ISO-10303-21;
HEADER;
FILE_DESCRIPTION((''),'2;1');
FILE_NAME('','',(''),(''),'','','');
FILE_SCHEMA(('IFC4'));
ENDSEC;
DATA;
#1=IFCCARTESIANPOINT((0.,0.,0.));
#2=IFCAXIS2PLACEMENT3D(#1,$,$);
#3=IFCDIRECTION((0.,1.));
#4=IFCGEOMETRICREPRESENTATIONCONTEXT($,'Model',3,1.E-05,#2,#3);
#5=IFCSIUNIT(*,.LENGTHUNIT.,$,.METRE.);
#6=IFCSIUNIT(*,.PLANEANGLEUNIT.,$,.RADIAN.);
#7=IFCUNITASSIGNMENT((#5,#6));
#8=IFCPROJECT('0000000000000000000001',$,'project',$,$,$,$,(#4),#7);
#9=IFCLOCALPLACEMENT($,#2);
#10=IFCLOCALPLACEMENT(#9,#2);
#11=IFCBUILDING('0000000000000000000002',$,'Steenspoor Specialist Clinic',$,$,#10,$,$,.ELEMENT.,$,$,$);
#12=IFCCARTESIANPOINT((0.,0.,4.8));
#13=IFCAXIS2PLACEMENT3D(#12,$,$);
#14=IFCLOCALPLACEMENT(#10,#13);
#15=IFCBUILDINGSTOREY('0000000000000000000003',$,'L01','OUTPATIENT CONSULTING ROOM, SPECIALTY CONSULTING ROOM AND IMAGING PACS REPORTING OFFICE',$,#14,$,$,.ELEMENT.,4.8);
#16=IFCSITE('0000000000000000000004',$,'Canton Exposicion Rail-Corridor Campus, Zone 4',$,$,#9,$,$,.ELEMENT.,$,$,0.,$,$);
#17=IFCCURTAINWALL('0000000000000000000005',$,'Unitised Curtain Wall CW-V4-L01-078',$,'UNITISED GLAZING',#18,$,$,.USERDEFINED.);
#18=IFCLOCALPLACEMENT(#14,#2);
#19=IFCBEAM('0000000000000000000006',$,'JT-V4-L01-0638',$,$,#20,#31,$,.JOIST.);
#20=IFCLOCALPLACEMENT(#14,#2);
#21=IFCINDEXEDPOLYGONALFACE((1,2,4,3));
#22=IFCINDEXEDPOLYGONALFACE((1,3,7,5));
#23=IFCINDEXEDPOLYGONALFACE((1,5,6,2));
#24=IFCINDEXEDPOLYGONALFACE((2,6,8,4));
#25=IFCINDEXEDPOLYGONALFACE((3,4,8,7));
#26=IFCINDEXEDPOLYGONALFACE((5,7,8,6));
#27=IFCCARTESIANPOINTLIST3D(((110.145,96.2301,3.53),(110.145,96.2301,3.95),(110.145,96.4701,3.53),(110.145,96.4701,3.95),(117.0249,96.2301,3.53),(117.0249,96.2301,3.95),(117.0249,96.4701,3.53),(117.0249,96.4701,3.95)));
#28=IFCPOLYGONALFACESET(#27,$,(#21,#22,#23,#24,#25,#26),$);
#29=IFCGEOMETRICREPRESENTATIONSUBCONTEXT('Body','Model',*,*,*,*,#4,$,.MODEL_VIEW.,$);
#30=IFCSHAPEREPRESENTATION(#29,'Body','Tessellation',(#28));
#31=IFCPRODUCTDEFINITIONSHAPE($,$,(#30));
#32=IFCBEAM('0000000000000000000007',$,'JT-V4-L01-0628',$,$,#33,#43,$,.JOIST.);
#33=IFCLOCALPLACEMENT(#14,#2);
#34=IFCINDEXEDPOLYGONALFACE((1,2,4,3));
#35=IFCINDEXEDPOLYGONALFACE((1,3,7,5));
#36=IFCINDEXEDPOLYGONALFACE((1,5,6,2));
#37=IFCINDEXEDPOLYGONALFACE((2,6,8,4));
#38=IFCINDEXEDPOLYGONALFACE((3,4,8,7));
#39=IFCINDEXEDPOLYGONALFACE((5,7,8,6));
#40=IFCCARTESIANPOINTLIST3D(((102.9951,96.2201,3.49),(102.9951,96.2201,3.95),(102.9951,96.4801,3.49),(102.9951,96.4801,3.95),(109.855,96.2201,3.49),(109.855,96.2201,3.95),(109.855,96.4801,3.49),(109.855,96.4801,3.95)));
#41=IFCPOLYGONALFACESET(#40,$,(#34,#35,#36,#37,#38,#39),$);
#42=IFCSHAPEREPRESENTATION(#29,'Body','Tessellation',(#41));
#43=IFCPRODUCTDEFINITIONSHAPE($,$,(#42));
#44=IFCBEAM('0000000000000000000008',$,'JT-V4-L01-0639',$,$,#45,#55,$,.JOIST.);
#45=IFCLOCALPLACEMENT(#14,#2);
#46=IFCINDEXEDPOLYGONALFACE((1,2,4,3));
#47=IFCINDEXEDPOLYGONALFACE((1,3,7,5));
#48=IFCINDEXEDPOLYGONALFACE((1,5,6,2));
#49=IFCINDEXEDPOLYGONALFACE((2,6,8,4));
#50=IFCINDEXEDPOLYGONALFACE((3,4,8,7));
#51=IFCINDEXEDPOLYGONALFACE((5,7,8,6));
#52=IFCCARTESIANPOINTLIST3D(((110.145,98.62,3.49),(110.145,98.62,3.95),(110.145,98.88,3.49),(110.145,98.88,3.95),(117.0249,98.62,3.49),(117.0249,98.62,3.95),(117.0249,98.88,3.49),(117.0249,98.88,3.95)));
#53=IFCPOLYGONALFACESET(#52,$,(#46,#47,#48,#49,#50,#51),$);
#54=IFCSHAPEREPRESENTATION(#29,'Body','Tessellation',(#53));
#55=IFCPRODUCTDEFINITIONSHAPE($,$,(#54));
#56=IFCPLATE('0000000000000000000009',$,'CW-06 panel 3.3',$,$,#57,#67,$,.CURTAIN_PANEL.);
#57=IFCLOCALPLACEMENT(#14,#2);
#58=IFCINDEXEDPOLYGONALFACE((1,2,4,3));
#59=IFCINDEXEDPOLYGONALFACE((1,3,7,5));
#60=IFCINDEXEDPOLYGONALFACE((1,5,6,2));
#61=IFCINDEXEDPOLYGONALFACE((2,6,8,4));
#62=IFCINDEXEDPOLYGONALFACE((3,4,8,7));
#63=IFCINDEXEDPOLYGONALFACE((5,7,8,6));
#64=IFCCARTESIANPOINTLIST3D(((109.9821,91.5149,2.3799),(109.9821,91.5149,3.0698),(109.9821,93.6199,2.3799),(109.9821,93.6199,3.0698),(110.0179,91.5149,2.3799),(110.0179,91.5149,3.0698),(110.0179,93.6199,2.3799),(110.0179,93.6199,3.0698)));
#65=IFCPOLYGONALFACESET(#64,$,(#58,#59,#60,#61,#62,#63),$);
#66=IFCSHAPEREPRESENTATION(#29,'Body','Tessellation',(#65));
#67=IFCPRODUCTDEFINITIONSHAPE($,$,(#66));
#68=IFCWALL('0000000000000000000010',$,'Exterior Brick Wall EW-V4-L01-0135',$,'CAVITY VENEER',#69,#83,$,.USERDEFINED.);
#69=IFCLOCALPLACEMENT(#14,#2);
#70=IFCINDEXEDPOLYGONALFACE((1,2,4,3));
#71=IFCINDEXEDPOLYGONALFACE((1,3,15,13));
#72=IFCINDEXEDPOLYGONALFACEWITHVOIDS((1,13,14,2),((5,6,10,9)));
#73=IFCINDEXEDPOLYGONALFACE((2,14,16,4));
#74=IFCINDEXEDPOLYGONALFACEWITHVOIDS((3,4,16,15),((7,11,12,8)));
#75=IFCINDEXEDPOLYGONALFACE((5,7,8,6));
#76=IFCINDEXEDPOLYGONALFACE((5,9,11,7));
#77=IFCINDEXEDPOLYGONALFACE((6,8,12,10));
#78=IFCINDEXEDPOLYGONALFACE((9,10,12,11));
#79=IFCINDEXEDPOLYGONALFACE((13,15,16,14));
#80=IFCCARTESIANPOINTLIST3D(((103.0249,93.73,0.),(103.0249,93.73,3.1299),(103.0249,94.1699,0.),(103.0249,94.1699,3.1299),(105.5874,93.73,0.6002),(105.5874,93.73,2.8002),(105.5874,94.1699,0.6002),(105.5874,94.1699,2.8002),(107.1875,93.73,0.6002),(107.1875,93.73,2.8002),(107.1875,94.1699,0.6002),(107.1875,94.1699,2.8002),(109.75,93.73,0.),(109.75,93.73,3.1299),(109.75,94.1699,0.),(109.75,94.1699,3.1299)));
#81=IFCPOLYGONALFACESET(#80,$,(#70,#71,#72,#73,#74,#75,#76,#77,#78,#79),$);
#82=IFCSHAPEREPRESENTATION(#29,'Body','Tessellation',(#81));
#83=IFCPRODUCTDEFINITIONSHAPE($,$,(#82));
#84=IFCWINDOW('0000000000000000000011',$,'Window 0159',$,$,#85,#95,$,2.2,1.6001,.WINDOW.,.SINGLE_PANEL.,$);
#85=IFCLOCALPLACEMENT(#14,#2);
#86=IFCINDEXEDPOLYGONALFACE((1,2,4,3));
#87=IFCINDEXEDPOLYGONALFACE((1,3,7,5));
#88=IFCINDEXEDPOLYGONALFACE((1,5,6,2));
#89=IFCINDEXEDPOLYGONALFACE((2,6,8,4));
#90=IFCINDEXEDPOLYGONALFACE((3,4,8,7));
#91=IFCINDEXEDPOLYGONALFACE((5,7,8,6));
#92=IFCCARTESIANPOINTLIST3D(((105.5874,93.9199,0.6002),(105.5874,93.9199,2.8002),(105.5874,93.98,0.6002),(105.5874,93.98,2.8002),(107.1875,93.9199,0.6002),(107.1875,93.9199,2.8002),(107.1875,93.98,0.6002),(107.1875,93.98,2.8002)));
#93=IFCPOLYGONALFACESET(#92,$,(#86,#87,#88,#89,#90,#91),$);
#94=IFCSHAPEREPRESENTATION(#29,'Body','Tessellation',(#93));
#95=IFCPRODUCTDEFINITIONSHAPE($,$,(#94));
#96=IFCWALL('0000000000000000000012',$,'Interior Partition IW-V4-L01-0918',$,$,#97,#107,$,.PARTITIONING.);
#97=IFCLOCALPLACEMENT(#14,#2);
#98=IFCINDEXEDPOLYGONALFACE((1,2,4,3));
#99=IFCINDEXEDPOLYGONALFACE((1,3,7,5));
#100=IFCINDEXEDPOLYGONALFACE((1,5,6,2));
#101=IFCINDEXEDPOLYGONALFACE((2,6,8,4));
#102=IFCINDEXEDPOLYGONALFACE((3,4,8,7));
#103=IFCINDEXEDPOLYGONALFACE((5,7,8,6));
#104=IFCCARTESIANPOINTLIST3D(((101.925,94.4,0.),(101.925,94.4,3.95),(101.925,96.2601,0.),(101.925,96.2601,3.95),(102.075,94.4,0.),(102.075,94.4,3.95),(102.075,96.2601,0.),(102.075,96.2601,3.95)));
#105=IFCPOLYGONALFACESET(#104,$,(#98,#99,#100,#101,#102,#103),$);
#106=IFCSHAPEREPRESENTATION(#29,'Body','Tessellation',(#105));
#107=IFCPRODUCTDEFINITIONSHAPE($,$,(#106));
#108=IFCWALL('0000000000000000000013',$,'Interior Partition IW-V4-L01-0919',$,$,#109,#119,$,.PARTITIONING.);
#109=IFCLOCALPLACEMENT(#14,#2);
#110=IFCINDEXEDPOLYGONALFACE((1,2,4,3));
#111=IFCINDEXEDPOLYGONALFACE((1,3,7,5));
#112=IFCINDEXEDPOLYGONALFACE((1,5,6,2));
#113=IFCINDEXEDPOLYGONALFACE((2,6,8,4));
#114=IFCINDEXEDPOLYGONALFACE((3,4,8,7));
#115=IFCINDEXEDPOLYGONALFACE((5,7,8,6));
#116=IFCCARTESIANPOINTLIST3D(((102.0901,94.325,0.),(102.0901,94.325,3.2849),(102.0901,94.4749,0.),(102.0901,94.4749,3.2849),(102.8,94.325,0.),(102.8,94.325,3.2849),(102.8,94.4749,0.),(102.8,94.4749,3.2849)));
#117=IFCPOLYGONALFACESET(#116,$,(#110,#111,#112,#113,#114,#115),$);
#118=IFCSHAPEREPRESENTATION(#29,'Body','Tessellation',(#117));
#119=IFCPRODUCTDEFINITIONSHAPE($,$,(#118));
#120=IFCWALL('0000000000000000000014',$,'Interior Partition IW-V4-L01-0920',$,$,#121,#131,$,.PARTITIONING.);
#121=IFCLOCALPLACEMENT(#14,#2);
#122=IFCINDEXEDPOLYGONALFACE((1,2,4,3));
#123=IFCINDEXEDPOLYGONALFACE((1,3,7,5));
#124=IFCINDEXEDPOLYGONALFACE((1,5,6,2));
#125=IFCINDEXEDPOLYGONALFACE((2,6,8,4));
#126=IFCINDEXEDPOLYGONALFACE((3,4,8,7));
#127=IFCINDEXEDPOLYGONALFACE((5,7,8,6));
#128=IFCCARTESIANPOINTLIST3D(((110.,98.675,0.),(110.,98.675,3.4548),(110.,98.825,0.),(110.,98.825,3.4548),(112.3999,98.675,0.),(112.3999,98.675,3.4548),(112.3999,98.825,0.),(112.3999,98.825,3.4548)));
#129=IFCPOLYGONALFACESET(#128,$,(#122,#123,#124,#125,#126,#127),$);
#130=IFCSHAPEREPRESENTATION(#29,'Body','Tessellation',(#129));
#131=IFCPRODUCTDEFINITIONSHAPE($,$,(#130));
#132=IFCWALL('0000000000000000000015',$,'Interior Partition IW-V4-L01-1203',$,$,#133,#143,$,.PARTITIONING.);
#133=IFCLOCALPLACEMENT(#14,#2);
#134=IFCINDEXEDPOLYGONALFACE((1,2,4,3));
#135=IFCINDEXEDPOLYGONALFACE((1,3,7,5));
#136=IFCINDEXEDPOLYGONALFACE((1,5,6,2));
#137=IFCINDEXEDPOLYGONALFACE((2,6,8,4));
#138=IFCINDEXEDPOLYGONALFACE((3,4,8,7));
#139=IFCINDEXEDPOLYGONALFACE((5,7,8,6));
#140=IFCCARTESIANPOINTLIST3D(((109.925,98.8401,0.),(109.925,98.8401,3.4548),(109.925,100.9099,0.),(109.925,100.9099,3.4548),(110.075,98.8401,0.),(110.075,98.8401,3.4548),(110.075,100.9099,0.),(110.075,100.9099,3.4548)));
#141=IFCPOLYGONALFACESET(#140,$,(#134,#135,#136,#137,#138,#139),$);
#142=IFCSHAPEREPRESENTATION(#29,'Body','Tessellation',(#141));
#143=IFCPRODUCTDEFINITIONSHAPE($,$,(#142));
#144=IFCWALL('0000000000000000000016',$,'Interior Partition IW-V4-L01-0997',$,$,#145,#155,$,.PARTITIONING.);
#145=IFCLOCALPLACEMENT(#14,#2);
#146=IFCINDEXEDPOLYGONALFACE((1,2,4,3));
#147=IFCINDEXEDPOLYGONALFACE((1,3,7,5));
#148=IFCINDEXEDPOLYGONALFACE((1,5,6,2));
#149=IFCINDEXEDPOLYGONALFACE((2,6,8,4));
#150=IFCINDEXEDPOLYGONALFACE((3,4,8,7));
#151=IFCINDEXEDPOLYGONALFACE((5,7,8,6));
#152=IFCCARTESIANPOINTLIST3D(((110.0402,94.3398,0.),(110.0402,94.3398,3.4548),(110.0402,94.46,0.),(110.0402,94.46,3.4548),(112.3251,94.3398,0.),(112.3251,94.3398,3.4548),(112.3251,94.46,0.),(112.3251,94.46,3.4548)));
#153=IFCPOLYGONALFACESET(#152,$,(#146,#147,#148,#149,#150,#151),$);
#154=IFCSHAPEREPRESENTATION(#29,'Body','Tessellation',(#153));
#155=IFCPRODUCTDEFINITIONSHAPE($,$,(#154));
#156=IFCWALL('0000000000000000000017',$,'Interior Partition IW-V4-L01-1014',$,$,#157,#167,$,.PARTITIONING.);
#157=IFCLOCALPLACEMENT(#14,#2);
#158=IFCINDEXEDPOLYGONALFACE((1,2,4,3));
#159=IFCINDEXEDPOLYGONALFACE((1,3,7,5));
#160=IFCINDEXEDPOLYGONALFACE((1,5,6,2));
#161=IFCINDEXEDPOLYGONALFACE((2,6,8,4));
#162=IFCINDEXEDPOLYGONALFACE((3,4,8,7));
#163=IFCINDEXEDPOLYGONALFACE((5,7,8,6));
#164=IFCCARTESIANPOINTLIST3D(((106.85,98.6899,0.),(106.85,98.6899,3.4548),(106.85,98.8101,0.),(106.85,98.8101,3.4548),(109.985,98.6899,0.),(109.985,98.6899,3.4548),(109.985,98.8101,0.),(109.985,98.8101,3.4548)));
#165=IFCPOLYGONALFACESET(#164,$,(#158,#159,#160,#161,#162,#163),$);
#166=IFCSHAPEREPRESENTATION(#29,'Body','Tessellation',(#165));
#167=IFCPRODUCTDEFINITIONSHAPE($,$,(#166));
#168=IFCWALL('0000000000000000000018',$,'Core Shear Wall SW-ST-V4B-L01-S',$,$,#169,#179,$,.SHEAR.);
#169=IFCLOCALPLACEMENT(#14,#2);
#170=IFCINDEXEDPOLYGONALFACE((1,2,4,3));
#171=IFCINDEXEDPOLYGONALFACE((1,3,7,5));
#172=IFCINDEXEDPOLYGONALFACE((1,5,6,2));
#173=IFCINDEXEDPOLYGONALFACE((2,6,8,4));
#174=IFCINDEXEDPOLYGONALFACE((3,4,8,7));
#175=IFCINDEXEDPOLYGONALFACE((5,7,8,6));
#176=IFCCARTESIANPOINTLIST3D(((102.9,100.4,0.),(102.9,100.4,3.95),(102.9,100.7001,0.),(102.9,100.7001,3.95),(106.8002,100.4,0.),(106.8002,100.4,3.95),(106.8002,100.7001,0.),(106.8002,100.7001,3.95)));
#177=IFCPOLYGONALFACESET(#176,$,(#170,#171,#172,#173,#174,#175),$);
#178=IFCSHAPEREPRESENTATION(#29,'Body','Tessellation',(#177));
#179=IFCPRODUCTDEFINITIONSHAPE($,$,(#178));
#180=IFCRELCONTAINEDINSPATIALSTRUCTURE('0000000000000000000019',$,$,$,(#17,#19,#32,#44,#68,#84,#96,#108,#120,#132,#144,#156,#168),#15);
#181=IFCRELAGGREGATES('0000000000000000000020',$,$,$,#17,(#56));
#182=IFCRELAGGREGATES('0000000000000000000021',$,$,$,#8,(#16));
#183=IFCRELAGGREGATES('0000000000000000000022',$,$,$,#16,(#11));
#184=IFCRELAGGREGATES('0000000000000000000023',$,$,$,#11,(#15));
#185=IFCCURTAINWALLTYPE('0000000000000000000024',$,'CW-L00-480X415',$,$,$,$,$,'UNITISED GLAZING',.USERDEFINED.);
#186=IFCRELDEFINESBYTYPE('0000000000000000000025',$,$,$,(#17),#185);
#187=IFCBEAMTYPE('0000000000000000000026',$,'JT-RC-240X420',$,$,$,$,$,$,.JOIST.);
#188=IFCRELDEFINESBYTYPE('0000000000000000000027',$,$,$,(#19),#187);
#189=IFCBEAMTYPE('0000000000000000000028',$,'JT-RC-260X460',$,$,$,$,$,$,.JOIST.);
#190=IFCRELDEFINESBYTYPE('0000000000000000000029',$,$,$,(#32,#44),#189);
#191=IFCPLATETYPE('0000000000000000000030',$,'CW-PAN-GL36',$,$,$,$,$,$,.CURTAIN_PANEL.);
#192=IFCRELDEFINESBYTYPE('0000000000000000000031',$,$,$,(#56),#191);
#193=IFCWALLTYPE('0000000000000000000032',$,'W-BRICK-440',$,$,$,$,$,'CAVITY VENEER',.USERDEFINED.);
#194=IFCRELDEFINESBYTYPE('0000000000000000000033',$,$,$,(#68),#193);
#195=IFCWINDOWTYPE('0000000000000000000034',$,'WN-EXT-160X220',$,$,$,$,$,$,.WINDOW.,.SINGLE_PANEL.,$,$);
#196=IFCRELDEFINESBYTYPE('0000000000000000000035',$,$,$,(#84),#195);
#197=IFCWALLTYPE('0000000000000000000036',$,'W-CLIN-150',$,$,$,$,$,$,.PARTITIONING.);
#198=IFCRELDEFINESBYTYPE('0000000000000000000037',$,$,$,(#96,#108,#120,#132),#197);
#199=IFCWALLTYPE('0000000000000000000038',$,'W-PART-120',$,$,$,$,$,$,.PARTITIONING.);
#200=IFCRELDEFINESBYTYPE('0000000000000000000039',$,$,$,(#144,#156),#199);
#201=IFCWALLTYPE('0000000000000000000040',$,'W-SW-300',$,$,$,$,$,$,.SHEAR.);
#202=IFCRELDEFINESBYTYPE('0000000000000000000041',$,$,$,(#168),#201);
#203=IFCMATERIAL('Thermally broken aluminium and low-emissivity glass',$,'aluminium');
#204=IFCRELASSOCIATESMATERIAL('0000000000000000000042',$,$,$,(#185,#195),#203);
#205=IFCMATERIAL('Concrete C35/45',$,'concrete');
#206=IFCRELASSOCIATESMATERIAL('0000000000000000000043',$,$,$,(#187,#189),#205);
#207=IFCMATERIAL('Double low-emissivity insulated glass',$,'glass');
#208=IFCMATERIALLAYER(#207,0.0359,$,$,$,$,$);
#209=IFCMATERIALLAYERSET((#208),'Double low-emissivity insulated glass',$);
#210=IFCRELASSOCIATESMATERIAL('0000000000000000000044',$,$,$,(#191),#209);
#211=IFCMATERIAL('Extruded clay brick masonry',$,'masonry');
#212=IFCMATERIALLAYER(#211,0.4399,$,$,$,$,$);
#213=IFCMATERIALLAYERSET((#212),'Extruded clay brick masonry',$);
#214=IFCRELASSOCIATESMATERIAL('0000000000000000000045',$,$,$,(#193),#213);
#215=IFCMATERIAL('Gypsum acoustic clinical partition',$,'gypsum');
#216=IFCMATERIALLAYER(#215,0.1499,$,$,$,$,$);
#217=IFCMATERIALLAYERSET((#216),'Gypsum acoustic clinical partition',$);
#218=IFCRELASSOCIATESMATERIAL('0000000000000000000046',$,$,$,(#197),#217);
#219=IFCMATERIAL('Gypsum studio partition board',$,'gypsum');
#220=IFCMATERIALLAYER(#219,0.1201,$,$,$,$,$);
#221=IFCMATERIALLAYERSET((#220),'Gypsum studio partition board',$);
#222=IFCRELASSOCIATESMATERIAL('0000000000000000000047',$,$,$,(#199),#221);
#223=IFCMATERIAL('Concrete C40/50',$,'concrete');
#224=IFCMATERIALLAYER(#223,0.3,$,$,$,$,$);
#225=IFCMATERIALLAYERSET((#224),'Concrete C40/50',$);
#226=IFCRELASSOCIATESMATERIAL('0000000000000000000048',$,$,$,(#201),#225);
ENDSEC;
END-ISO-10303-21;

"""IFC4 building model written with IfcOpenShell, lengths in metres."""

from ifc_helpers import new_model, si_unit, direction, frame, frame_2d, origin, origin_2d, place, context, subcontext, project, spatial, rectangle, extrude, material, layer, layer_set, material_profile, profile_set, type_object, element, fill, aggregate, save


model = new_model("IFC4")

# Units and contexts
model_context = context("Model", 3, precision=1e-05, world=origin(), true_north=direction((0.0, 1.0)))
body_context = subcontext(model_context, "Body", "Model", "MODEL_VIEW")
ifc_project = project(units=[si_unit("LENGTHUNIT", "METRE"), si_unit("PLANEANGLEUNIT", "RADIAN")], contexts=[model_context])

# Site, building, storey
site_placement = place(None, origin())
site = spatial("IfcSite", under=ifc_project, at=site_placement, Name="Canton Exposicion Rail-Corridor Campus, Zone 4", CompositionType="ELEMENT", RefElevation=0.0)
building_placement = place(site_placement, origin())
building = spatial("IfcBuilding", under=site, at=building_placement, Name="Steenspoor Specialist Clinic", CompositionType="ELEMENT")
storey_placement = place(building_placement, frame((0.0, 0.0, 4.8)))
storey = spatial("IfcBuildingStorey", under=building, at=storey_placement, Name="L01", Description="OUTPATIENT CONSULTING ROOM, SPECIALTY CONSULTING ROOM AND IMAGING PACS REPORTING OFFICE", CompositionType="ELEMENT", Elevation=4.8)

# Shared definitions
ifc_material_1 = material(Name="Concrete C40/50", Category="concrete")

# Shared definitions
ifc_material_2 = material(Name="Concrete C35/45", Category="concrete")

# Curtain wall
ifc_material_3 = material(Name="Thermally broken aluminium and low-emissivity glass", Category="aluminium")
curtain_wall_type_1 = type_object("IfcCurtainWallType", Name="CW-L00-480X415", ElementType="UNITISED GLAZING", PredefinedType="USERDEFINED", material=ifc_material_3)
curtain_wall_1_placement = place(storey_placement, origin())
curtain_wall_1 = element("IfcCurtainWall", 1, at=curtain_wall_1_placement, inside=storey, type_object=curtain_wall_type_1, Name="Unitised Curtain Wall CW-V4-L01-078", ObjectType="UNITISED GLAZING", PredefinedType="USERDEFINED")

# Beams
ifc_material_profile_1 = material_profile(ifc_material_2, rectangle(XDim=0.24, YDim=0.4199, at=origin_2d()), Name="RC-JT-240X420")
ifc_profile_set_1 = profile_set([ifc_material_profile_1], Name="Concrete C35/45")
beam_type_1 = type_object("IfcBeamType", Name="JT-RC-240X420", PredefinedType="JOIST", material=ifc_profile_set_1)
beam_1_placement = place(storey_placement, frame((110.145, 96.3501, 3.74), z_axis=(1.0, 0.0, 0.0), x_axis=(0.0, 1.0, 0.0)))
element("IfcBeam", 2, at=beam_1_placement, inside=storey, type_object=beam_type_1, Name="JT-V4-L01-0638", PredefinedType="JOIST", context=body_context, shape_type="SweptSolid", body=[
    extrude(rectangle(XDim=0.24, YDim=0.4199, at=origin_2d()), origin(), (0.0, 0.0, 1.0), 6.8799),
])
ifc_material_profile_2 = material_profile(ifc_material_2, rectangle(XDim=0.26, YDim=0.46, at=origin_2d()), Name="RC-JT-260X460")
ifc_profile_set_2 = profile_set([ifc_material_profile_2], Name="Concrete C35/45")
beam_type_2 = type_object("IfcBeamType", Name="JT-RC-260X460", PredefinedType="JOIST", material=ifc_profile_set_2)
beam_2_placement = place(storey_placement, frame((102.9951, 96.3501, 3.72), z_axis=(1.0, 0.0, 0.0), x_axis=(0.0, 1.0, 0.0)))
element("IfcBeam", 3, at=beam_2_placement, inside=storey, type_object=beam_type_2, Name="JT-V4-L01-0628", PredefinedType="JOIST", context=body_context, shape_type="SweptSolid", body=[
    extrude(rectangle(XDim=0.26, YDim=0.46, at=origin_2d()), origin(), (0.0, 0.0, 1.0), 6.8599),
])
beam_3_placement = place(storey_placement, frame((110.145, 98.75, 3.72), z_axis=(1.0, 0.0, 0.0), x_axis=(0.0, 1.0, 0.0)))
element("IfcBeam", 4, at=beam_3_placement, inside=storey, type_object=beam_type_2, Name="JT-V4-L01-0639", PredefinedType="JOIST", context=body_context, shape_type="SweptSolid", body=[
    extrude(rectangle(XDim=0.26, YDim=0.46, at=origin_2d()), origin(), (0.0, 0.0, 1.0), 6.8799),
])

# Plate
ifc_material_4 = material(Name="Double low-emissivity insulated glass", Category="glass")
ifc_layer_1 = layer(ifc_material_4, 0.0359)
ifc_layer_set_1 = layer_set([ifc_layer_1], Name="Double low-emissivity insulated glass")
plate_type = type_object("IfcPlateType", Name="CW-PAN-GL36", PredefinedType="CURTAIN_PANEL", material=ifc_layer_set_1)
plate_placement = place(storey_placement, frame((110.0, 92.5674, 2.3799), z_axis=(0.0, 0.0, 1.0), x_axis=(0.0, 1.0, 0.0)))
plate = element("IfcPlate", 5, at=plate_placement, type_object=plate_type, Name="CW-06 panel 3.3", PredefinedType="CURTAIN_PANEL", context=body_context, shape_type="SweptSolid", body=[
    extrude(rectangle(XDim=2.105, YDim=0.0359, at=origin_2d()), origin(), (0.0, 0.0, 1.0), 0.6899),
])
aggregate(curtain_wall_1, [plate])

# Wall, opening, window
ifc_material_5 = material(Name="Extruded clay brick masonry", Category="masonry")
ifc_layer_2 = layer(ifc_material_5, 0.4399)
ifc_layer_set_2 = layer_set([ifc_layer_2], Name="Extruded clay brick masonry")
wall_type_1 = type_object("IfcWallType", Name="W-BRICK-440", ElementType="CAVITY VENEER", PredefinedType="USERDEFINED", material=ifc_layer_set_2)
wall_1_placement = place(storey_placement, frame((109.75, 93.95, 0.0), z_axis=(0.0, 0.0, 1.0), x_axis=(-1.0, 0.0, 0.0)))
wall_1 = element("IfcWall", 6, at=wall_1_placement, inside=storey, type_object=wall_type_1, Name="Exterior Brick Wall EW-V4-L01-0135", ObjectType="CAVITY VENEER", PredefinedType="USERDEFINED", context=body_context, shape_type="SweptSolid", body=[
    extrude(rectangle(XDim=6.7251, YDim=0.4399, at=frame_2d((3.3625, 0.0))), origin(), (0.0, 0.0, 1.0), 3.1299),
])
opening_1_placement = place(wall_1_placement, frame((2.5625, 0.0, 0.6001)))
opening_1 = element("IfcOpeningElement", 7, at=opening_1_placement, cuts=wall_1, PredefinedType="OPENING", context=body_context, shape_type="SweptSolid", body=[
    extrude(rectangle(XDim=1.6001, YDim=2.2, at=frame_2d((0.8, 1.1001))), frame((0.0, 0.23, 0.0), z_axis=(0.0, -1.0, 0.0), x_axis=(1.0, 0.0, 0.0)), (0.0, 0.0, 1.0), 0.46),
])
window_type = type_object("IfcWindowType", Name="WN-EXT-160X220", PartitioningType="SINGLE_PANEL", PredefinedType="WINDOW", material=ifc_material_3)
window_placement = place(opening_1_placement, origin())
window = element("IfcWindow", 8, at=window_placement, inside=storey, type_object=window_type, Name="Window 0159", OverallHeight=2.2, OverallWidth=1.6001, PartitioningType="SINGLE_PANEL", PredefinedType="WINDOW", context=body_context, shape_type="SweptSolid", body=[
    extrude(rectangle(XDim=1.6001, YDim=2.2, at=frame_2d((0.8, 1.1001))), frame((0.0, 0.03, 0.0), z_axis=(0.0, -1.0, 0.0), x_axis=(1.0, 0.0, 0.0)), (0.0, 0.0, 1.0), 0.0601),
])
fill(opening_1, window)

# Walls
ifc_material_6 = material(Name="Gypsum acoustic clinical partition", Category="gypsum")
ifc_layer_3 = layer(ifc_material_6, 0.1499)
ifc_layer_set_3 = layer_set([ifc_layer_3], Name="Gypsum acoustic clinical partition")
wall_type_2 = type_object("IfcWallType", Name="W-CLIN-150", PredefinedType="PARTITIONING", material=ifc_layer_set_3)
wall_2_placement = place(storey_placement, frame((102.0, 94.3999, 0.0), z_axis=(0.0, 0.0, 1.0), x_axis=(0.0, 1.0, 0.0)))
element("IfcWall", 9, at=wall_2_placement, inside=storey, type_object=wall_type_2, Name="Interior Partition IW-V4-L01-0918", PredefinedType="PARTITIONING", context=body_context, shape_type="SweptSolid", body=[
    extrude(rectangle(XDim=1.8601, YDim=0.1499, at=frame_2d((0.9302, 0.0))), origin(), (0.0, 0.0, 1.0), 3.95),
])
wall_3_placement = place(storey_placement, frame((102.0901, 94.3999, 0.0), z_axis=(0.0, 0.0, 1.0), x_axis=(1.0, 0.0, 0.0)))
element("IfcWall", 10, at=wall_3_placement, inside=storey, type_object=wall_type_2, Name="Interior Partition IW-V4-L01-0919", PredefinedType="PARTITIONING", context=body_context, shape_type="SweptSolid", body=[
    extrude(rectangle(XDim=0.71, YDim=0.1499, at=frame_2d((0.355, 0.0))), origin(), (0.0, 0.0, 1.0), 3.2849),
])
wall_4_placement = place(storey_placement, frame((110.0, 98.75, 0.0), z_axis=(0.0, 0.0, 1.0), x_axis=(1.0, 0.0, 0.0)))
element("IfcWall", 11, at=wall_4_placement, inside=storey, type_object=wall_type_2, Name="Interior Partition IW-V4-L01-0920", PredefinedType="PARTITIONING", context=body_context, shape_type="SweptSolid", body=[
    extrude(rectangle(XDim=2.3999, YDim=0.1499, at=frame_2d((1.2, 0.0))), origin(), (0.0, 0.0, 1.0), 3.4548),
])
wall_5_placement = place(storey_placement, frame((110.0, 98.8401, 0.0), z_axis=(0.0, 0.0, 1.0), x_axis=(0.0, 1.0, 0.0)))
element("IfcWall", 12, at=wall_5_placement, inside=storey, type_object=wall_type_2, Name="Interior Partition IW-V4-L01-1203", PredefinedType="PARTITIONING", context=body_context, shape_type="SweptSolid", body=[
    extrude(rectangle(XDim=2.0698, YDim=0.1499, at=frame_2d((1.0349, 0.0))), origin(), (0.0, 0.0, 1.0), 3.4548),
])
ifc_material_7 = material(Name="Gypsum studio partition board", Category="gypsum")
ifc_layer_4 = layer(ifc_material_7, 0.1201)
ifc_layer_set_4 = layer_set([ifc_layer_4], Name="Gypsum studio partition board")
wall_type_3 = type_object("IfcWallType", Name="W-PART-120", PredefinedType="PARTITIONING", material=ifc_layer_set_4)
wall_6_placement = place(storey_placement, frame((110.04, 94.3999, 0.0), z_axis=(0.0, 0.0, 1.0), x_axis=(1.0, 0.0, 0.0)))
element("IfcWall", 13, at=wall_6_placement, inside=storey, type_object=wall_type_3, Name="Interior Partition IW-V4-L01-0997", PredefinedType="PARTITIONING", context=body_context, shape_type="SweptSolid", body=[
    extrude(rectangle(XDim=2.2849, YDim=0.1201, at=frame_2d((1.1426, 0.0))), origin(), (0.0, 0.0, 1.0), 3.4548),
])
wall_7_placement = place(storey_placement, frame((106.8501, 98.75, 0.0), z_axis=(0.0, 0.0, 1.0), x_axis=(1.0, 0.0, 0.0)))
element("IfcWall", 14, at=wall_7_placement, inside=storey, type_object=wall_type_3, Name="Interior Partition IW-V4-L01-1014", PredefinedType="PARTITIONING", context=body_context, shape_type="SweptSolid", body=[
    extrude(rectangle(XDim=3.135, YDim=0.1201, at=frame_2d((1.5674, 0.0))), origin(), (0.0, 0.0, 1.0), 3.4548),
])

# Wall
ifc_layer_5 = layer(ifc_material_1, 0.3)
ifc_layer_set_5 = layer_set([ifc_layer_5], Name="Concrete C40/50")
wall_type_4 = type_object("IfcWallType", Name="W-SW-300", PredefinedType="SHEAR", material=ifc_layer_set_5)
wall_8_placement = place(storey_placement, frame((102.8999, 100.55, 0.0), z_axis=(0.0, 0.0, 1.0), x_axis=(1.0, 0.0, 0.0)))
element("IfcWall", 15, at=wall_8_placement, inside=storey, type_object=wall_type_4, Name="Core Shear Wall SW-ST-V4B-L01-S", PredefinedType="SHEAR", context=body_context, shape_type="SweptSolid", body=[
    extrude(rectangle(XDim=3.9001, YDim=0.3, at=frame_2d((1.9502, 0.0))), origin(), (0.0, 0.0, 1.0), 3.95),
])

save(model, "model.ifc")
